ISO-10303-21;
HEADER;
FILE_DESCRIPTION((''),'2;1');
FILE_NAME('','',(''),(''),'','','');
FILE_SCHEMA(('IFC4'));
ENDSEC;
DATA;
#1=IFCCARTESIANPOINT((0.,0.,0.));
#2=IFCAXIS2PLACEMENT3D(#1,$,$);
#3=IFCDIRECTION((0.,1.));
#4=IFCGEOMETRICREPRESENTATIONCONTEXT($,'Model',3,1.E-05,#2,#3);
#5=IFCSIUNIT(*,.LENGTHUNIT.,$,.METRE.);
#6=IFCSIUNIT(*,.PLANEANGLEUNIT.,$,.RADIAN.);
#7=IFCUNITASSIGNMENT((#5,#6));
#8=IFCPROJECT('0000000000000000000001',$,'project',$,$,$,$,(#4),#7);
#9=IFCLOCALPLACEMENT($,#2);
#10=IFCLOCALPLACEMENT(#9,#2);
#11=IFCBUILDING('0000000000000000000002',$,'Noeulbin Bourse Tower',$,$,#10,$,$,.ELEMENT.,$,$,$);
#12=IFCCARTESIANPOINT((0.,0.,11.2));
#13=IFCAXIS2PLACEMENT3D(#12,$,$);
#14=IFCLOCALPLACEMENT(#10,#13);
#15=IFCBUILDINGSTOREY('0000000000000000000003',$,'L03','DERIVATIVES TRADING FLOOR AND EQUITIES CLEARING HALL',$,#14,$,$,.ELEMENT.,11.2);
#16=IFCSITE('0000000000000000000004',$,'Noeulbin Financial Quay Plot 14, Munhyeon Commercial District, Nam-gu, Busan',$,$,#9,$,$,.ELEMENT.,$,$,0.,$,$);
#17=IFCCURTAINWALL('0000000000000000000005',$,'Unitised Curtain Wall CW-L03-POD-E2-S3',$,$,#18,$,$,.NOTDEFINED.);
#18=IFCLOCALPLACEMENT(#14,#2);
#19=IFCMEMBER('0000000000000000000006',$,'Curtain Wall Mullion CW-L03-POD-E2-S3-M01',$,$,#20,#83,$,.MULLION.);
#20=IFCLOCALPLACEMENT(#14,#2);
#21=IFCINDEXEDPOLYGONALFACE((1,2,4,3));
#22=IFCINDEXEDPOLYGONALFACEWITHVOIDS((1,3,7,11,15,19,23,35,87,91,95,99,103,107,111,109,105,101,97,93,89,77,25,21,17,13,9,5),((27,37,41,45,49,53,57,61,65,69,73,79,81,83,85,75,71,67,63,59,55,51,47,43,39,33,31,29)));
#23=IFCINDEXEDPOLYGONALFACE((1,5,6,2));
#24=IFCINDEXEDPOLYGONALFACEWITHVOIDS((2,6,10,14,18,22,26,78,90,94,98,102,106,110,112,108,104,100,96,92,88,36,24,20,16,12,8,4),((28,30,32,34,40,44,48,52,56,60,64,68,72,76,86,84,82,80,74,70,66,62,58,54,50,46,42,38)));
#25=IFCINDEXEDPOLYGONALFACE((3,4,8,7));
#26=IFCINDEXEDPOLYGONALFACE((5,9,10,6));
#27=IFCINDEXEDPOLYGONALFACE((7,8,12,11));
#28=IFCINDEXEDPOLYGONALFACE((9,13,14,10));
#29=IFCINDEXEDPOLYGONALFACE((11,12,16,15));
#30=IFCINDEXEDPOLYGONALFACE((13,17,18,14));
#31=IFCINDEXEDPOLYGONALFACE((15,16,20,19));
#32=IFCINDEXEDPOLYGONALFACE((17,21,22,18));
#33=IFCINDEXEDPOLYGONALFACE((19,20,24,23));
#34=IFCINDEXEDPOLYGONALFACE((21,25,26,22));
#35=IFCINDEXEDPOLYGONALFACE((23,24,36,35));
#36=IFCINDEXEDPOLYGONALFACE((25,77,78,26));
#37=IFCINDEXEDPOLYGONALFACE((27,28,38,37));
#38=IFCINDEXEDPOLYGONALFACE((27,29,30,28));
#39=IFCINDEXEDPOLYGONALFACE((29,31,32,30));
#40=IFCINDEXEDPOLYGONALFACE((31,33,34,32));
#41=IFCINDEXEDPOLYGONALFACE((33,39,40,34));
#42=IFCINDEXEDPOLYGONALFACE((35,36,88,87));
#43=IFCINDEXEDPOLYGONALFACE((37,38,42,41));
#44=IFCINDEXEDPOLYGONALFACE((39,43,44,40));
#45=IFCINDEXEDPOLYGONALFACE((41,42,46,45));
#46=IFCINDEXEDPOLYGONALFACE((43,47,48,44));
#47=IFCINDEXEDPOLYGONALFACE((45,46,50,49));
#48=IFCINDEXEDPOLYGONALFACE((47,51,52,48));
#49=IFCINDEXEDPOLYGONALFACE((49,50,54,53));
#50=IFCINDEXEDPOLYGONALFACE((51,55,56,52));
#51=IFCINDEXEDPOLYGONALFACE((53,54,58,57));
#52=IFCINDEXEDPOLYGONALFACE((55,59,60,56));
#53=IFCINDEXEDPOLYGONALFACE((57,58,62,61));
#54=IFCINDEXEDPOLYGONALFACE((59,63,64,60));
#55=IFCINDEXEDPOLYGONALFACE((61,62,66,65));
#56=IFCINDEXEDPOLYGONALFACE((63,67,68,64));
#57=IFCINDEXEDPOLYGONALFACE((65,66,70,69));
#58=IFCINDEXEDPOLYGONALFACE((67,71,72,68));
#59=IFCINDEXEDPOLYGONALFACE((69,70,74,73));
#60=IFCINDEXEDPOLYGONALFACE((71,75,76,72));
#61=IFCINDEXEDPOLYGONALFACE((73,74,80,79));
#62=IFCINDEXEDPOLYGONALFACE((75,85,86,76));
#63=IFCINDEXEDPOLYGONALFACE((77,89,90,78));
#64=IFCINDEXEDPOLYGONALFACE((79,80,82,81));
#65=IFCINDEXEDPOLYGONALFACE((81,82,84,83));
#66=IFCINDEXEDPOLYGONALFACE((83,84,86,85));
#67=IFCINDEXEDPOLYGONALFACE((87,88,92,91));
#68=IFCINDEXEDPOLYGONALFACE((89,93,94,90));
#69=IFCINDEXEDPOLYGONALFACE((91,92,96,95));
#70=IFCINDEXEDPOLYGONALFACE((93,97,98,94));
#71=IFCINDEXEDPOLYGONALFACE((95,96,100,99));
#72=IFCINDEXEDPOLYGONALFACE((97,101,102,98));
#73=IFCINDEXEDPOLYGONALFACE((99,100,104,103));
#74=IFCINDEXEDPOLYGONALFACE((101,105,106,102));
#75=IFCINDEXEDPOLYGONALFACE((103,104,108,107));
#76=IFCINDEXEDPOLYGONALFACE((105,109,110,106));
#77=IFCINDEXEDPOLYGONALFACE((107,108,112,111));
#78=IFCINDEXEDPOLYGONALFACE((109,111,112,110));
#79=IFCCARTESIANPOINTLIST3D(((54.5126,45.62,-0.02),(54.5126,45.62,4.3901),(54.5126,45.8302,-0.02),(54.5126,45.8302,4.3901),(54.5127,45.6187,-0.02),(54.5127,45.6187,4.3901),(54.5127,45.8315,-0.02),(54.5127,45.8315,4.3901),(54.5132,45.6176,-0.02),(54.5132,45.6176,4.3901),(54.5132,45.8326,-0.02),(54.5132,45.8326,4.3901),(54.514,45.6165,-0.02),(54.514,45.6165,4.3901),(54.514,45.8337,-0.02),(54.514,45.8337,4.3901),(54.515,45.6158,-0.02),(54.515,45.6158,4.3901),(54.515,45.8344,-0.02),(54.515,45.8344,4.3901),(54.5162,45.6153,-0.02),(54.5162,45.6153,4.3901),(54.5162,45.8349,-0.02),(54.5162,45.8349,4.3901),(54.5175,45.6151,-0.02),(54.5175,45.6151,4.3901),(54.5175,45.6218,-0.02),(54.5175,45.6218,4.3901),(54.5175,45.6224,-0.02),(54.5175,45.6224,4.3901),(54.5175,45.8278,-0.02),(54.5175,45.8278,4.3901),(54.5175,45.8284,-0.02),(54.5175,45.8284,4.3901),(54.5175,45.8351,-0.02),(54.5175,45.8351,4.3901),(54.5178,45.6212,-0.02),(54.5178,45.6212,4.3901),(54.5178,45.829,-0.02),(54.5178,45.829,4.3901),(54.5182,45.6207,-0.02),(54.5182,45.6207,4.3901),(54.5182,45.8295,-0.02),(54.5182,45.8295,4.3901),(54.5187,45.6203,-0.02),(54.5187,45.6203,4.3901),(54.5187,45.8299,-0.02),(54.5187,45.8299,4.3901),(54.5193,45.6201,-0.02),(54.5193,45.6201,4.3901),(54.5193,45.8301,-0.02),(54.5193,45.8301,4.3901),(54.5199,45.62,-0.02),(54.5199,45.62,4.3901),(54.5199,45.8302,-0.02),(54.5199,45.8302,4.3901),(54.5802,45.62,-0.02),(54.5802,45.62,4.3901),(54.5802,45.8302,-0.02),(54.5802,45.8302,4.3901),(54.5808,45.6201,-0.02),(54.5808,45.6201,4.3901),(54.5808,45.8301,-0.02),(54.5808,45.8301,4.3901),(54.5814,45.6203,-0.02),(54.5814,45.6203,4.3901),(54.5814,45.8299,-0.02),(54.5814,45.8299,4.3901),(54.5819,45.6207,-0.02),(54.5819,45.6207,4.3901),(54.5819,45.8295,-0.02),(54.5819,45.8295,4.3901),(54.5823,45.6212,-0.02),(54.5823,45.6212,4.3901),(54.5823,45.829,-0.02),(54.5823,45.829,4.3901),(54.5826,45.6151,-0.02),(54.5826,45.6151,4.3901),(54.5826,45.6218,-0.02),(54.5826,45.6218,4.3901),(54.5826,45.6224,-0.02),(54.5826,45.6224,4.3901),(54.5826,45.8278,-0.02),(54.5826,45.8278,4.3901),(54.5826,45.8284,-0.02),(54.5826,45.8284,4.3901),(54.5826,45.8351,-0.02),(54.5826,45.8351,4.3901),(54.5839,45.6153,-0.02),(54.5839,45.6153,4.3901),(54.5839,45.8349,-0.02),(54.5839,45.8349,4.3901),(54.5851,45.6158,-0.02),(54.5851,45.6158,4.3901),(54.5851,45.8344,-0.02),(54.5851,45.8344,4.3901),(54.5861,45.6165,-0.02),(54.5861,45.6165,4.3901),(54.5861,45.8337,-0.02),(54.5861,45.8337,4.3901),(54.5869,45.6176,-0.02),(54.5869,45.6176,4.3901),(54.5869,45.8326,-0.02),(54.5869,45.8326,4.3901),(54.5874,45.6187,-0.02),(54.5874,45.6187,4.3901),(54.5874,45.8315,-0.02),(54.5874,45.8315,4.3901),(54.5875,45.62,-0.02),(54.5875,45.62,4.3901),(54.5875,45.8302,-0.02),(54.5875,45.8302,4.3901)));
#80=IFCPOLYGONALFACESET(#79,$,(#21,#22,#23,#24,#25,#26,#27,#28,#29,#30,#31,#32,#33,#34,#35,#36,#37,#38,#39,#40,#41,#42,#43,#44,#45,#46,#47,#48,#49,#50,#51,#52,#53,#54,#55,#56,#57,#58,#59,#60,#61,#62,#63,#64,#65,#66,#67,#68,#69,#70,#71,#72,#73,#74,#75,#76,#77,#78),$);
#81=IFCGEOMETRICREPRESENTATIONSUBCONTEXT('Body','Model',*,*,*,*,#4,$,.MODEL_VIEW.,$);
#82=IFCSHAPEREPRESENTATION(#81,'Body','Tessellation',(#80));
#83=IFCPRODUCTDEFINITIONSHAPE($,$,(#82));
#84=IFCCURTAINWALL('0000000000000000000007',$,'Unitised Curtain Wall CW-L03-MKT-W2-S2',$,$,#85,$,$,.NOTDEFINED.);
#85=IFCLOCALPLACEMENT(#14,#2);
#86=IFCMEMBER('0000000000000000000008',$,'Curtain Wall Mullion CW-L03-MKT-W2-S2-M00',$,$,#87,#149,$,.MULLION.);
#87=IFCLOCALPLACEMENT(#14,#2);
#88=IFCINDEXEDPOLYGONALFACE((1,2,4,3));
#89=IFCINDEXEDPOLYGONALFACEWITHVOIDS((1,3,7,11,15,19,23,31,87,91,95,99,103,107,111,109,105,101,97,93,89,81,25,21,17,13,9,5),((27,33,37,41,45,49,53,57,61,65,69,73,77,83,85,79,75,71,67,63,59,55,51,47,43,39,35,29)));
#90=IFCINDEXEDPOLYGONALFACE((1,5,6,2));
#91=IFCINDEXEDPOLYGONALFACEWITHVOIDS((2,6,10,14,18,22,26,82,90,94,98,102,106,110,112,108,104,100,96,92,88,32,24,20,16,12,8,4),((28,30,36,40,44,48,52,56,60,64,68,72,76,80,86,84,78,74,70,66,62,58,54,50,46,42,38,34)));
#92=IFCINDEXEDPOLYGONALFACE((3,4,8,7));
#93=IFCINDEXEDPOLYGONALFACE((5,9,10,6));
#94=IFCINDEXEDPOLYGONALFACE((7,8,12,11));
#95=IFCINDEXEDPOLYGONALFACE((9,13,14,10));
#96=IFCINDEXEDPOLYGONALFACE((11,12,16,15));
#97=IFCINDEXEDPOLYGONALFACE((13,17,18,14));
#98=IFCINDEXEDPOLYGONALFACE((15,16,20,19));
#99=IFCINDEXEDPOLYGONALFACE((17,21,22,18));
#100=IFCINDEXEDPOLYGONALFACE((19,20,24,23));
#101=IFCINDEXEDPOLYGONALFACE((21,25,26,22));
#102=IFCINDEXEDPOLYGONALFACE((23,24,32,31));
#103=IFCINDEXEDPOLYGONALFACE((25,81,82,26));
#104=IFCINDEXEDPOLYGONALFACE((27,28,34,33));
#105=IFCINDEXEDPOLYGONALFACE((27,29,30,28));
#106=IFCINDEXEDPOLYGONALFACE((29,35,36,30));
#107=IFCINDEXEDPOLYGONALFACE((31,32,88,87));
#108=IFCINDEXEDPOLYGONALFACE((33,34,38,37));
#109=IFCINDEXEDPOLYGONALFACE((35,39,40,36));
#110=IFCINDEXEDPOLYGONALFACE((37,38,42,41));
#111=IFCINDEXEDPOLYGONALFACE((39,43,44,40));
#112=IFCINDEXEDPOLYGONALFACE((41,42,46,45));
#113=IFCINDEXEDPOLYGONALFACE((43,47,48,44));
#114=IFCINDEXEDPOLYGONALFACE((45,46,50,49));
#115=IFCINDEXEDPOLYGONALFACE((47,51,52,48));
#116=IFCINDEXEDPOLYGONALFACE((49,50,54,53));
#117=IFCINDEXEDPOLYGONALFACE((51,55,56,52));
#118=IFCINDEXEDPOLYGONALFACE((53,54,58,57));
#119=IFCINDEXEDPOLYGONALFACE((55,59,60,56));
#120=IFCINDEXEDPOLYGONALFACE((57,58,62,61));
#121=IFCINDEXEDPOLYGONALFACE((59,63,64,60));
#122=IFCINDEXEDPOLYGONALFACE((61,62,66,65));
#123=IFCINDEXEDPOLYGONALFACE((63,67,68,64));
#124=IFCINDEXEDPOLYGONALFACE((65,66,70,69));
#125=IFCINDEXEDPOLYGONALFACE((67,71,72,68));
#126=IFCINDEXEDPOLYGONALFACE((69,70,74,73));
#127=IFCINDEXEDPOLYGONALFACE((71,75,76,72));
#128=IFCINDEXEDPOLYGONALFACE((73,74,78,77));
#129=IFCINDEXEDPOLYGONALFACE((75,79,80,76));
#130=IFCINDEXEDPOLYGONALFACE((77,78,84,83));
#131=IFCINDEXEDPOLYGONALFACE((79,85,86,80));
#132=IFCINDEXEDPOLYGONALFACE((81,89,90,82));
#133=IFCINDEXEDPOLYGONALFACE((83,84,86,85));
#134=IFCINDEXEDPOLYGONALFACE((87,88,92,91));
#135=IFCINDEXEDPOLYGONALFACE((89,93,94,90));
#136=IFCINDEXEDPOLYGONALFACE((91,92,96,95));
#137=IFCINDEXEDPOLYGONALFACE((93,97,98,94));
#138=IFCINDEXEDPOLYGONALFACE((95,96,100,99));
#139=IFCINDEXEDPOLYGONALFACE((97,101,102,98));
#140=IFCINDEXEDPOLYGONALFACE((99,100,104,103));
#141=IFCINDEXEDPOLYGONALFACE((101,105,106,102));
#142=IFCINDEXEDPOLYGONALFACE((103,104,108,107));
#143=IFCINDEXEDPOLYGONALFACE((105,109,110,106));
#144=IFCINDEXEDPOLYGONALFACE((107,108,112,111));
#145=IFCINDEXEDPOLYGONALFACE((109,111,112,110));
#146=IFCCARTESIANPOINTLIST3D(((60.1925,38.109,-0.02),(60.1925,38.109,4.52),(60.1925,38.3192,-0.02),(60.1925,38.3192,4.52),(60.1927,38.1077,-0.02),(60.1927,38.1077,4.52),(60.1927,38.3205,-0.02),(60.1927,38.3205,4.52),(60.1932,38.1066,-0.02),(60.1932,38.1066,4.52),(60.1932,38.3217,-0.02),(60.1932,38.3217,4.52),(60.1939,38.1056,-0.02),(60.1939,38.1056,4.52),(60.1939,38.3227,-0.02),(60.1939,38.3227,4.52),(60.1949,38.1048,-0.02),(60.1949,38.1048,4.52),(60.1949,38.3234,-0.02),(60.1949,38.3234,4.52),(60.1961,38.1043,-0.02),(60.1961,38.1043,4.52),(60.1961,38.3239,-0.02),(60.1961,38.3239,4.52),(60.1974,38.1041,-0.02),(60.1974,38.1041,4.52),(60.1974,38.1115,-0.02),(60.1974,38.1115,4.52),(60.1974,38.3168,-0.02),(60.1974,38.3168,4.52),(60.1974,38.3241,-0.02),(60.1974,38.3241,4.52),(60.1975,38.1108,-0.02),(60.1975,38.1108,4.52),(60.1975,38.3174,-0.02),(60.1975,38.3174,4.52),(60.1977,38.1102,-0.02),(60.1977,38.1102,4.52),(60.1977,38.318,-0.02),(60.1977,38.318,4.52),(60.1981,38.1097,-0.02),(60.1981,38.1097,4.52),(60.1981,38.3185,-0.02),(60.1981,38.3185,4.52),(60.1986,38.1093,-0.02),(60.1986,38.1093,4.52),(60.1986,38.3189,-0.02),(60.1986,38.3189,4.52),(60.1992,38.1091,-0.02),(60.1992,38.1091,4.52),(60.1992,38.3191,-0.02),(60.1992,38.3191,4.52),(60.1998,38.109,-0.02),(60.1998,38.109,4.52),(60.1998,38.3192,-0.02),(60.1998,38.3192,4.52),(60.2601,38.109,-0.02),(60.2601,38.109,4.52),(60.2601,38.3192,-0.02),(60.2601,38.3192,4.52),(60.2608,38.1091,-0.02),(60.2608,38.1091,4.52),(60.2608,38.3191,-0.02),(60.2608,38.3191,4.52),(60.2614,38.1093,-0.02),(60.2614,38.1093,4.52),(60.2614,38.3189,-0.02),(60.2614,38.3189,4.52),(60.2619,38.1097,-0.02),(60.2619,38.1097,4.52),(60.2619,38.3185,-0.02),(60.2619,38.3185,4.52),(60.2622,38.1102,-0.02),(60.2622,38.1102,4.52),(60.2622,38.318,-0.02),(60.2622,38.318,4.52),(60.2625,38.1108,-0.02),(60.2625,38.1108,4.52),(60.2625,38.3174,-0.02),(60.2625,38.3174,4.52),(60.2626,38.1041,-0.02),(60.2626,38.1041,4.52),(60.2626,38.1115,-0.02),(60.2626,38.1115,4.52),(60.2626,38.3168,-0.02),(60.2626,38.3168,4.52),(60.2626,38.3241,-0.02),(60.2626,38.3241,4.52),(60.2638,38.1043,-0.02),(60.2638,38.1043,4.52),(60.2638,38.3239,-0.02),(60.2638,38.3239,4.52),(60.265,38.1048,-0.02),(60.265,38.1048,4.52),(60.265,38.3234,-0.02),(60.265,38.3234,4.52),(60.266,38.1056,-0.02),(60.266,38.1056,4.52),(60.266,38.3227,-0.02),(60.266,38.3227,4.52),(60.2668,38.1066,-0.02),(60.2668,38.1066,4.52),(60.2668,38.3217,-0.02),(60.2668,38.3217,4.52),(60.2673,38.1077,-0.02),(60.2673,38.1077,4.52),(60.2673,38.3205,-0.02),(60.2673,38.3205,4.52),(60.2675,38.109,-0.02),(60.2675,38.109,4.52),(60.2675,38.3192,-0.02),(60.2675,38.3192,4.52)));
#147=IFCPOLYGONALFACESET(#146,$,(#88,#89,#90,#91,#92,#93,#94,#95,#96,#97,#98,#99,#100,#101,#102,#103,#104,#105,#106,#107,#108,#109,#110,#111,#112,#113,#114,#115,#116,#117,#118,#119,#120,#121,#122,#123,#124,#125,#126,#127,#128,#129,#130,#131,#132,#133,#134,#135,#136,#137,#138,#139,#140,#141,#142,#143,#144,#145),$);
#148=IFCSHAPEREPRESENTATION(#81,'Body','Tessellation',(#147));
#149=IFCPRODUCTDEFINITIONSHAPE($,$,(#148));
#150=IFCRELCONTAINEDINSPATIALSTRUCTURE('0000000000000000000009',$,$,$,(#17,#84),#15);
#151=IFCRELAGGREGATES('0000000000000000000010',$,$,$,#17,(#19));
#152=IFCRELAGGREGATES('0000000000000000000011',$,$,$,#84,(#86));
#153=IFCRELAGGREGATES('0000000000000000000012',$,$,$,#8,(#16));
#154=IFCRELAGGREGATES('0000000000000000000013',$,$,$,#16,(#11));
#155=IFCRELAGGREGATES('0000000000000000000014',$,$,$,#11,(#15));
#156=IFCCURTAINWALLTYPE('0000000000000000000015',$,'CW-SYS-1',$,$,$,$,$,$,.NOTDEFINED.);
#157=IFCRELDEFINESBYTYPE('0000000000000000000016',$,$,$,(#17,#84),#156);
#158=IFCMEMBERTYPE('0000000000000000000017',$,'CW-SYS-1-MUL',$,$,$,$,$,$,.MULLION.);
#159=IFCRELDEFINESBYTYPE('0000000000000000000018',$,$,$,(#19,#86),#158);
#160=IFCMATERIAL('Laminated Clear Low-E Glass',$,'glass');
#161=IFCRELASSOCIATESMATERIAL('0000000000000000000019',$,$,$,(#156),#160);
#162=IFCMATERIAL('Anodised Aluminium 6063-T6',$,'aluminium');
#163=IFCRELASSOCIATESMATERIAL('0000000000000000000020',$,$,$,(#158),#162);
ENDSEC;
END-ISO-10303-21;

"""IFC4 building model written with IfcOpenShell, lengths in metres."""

from ifc_helpers import new_model, si_unit, direction, frame, origin, origin_2d, place, context, subcontext, project, spatial, hollow_rectangle, extrude, material, material_profile, profile_set, type_object, element, aggregate, save


model = new_model("IFC4")

# Units and contexts
model_context = context("Model", 3, precision=1e-05, world=origin(), true_north=direction((0.0, 1.0)))
body_context = subcontext(model_context, "Body", "Model", "MODEL_VIEW")
ifc_project = project(units=[si_unit("LENGTHUNIT", "METRE"), si_unit("PLANEANGLEUNIT", "RADIAN")], contexts=[model_context])

# Site, building, storey
site_placement = place(None, origin())
site = spatial("IfcSite", under=ifc_project, at=site_placement, Name="Noeulbin Financial Quay Plot 14, Munhyeon Commercial District, Nam-gu, Busan", CompositionType="ELEMENT", RefElevation=0.0)
building_placement = place(site_placement, origin())
building = spatial("IfcBuilding", under=site, at=building_placement, Name="Noeulbin Bourse Tower", CompositionType="ELEMENT")
storey_placement = place(building_placement, frame((0.0, 0.0, 11.2)))
storey = spatial("IfcBuildingStorey", under=building, at=storey_placement, Name="L03", Description="DERIVATIVES TRADING FLOOR AND EQUITIES CLEARING HALL", CompositionType="ELEMENT", Elevation=11.2)

# Curtain wall, member
ifc_material_1 = material(Name="Laminated Clear Low-E Glass", Category="glass")
curtain_wall_type = type_object("IfcCurtainWallType", Name="CW-SYS-1", PredefinedType="NOTDEFINED", material=ifc_material_1)
curtain_wall_1_placement = place(storey_placement, origin())
curtain_wall_1 = element("IfcCurtainWall", 1, at=curtain_wall_1_placement, inside=storey, type_object=curtain_wall_type, Name="Unitised Curtain Wall CW-L03-POD-E2-S3", PredefinedType="NOTDEFINED")
ifc_material_2 = material(Name="Anodised Aluminium 6063-T6", Category="aluminium")
ifc_material_profile_1 = material_profile(ifc_material_2, hollow_rectangle(XDim=0.075, YDim=0.22, WallThickness=0.0049, InnerFilletRadius=0.0024, OuterFilletRadius=0.0049, at=origin_2d()), Name="ALU-MULL-75x220x5", Category="LoadBearing")
ifc_profile_set_1 = profile_set([ifc_material_profile_1], Name="Anodised Aluminium 6063-T6")
member_type_1 = type_object("IfcMemberType", Name="CW-SYS-1-MUL", PredefinedType="MULLION", material=ifc_profile_set_1)
member_1_placement = place(storey_placement, frame((54.55, 45.7251, -0.02), z_axis=(0.0, 0.0, 1.0), x_axis=(1.0, 0.0, 0.0)))
member_1 = element("IfcMember", 2, at=member_1_placement, type_object=member_type_1, Name="Curtain Wall Mullion CW-L03-POD-E2-S3-M01", PredefinedType="MULLION", context=body_context, shape_type="SweptSolid", body=[
    extrude(hollow_rectangle(XDim=0.075, YDim=0.22, WallThickness=0.0049, InnerFilletRadius=0.0024, OuterFilletRadius=0.0049, at=origin_2d()), origin(), (0.0, 0.0, 1.0), 4.4102),
])
aggregate(curtain_wall_1, [member_1])

# Curtain wall, member
curtain_wall_2_placement = place(storey_placement, origin())
curtain_wall_2 = element("IfcCurtainWall", 3, at=curtain_wall_2_placement, inside=storey, type_object=curtain_wall_type, Name="Unitised Curtain Wall CW-L03-MKT-W2-S2", PredefinedType="NOTDEFINED")
member_2_placement = place(storey_placement, frame((60.23, 38.2141, -0.02), z_axis=(0.0, 0.0, 1.0), x_axis=(1.0, 0.0, 0.0)))
member_2 = element("IfcMember", 4, at=member_2_placement, type_object=member_type_1, Name="Curtain Wall Mullion CW-L03-MKT-W2-S2-M00", PredefinedType="MULLION", context=body_context, shape_type="SweptSolid", body=[
    extrude(hollow_rectangle(XDim=0.075, YDim=0.22, WallThickness=0.0049, InnerFilletRadius=0.0024, OuterFilletRadius=0.0049, at=origin_2d()), origin(), (0.0, 0.0, 1.0), 4.54),
])
aggregate(curtain_wall_2, [member_2])

save(model, "model.ifc")
